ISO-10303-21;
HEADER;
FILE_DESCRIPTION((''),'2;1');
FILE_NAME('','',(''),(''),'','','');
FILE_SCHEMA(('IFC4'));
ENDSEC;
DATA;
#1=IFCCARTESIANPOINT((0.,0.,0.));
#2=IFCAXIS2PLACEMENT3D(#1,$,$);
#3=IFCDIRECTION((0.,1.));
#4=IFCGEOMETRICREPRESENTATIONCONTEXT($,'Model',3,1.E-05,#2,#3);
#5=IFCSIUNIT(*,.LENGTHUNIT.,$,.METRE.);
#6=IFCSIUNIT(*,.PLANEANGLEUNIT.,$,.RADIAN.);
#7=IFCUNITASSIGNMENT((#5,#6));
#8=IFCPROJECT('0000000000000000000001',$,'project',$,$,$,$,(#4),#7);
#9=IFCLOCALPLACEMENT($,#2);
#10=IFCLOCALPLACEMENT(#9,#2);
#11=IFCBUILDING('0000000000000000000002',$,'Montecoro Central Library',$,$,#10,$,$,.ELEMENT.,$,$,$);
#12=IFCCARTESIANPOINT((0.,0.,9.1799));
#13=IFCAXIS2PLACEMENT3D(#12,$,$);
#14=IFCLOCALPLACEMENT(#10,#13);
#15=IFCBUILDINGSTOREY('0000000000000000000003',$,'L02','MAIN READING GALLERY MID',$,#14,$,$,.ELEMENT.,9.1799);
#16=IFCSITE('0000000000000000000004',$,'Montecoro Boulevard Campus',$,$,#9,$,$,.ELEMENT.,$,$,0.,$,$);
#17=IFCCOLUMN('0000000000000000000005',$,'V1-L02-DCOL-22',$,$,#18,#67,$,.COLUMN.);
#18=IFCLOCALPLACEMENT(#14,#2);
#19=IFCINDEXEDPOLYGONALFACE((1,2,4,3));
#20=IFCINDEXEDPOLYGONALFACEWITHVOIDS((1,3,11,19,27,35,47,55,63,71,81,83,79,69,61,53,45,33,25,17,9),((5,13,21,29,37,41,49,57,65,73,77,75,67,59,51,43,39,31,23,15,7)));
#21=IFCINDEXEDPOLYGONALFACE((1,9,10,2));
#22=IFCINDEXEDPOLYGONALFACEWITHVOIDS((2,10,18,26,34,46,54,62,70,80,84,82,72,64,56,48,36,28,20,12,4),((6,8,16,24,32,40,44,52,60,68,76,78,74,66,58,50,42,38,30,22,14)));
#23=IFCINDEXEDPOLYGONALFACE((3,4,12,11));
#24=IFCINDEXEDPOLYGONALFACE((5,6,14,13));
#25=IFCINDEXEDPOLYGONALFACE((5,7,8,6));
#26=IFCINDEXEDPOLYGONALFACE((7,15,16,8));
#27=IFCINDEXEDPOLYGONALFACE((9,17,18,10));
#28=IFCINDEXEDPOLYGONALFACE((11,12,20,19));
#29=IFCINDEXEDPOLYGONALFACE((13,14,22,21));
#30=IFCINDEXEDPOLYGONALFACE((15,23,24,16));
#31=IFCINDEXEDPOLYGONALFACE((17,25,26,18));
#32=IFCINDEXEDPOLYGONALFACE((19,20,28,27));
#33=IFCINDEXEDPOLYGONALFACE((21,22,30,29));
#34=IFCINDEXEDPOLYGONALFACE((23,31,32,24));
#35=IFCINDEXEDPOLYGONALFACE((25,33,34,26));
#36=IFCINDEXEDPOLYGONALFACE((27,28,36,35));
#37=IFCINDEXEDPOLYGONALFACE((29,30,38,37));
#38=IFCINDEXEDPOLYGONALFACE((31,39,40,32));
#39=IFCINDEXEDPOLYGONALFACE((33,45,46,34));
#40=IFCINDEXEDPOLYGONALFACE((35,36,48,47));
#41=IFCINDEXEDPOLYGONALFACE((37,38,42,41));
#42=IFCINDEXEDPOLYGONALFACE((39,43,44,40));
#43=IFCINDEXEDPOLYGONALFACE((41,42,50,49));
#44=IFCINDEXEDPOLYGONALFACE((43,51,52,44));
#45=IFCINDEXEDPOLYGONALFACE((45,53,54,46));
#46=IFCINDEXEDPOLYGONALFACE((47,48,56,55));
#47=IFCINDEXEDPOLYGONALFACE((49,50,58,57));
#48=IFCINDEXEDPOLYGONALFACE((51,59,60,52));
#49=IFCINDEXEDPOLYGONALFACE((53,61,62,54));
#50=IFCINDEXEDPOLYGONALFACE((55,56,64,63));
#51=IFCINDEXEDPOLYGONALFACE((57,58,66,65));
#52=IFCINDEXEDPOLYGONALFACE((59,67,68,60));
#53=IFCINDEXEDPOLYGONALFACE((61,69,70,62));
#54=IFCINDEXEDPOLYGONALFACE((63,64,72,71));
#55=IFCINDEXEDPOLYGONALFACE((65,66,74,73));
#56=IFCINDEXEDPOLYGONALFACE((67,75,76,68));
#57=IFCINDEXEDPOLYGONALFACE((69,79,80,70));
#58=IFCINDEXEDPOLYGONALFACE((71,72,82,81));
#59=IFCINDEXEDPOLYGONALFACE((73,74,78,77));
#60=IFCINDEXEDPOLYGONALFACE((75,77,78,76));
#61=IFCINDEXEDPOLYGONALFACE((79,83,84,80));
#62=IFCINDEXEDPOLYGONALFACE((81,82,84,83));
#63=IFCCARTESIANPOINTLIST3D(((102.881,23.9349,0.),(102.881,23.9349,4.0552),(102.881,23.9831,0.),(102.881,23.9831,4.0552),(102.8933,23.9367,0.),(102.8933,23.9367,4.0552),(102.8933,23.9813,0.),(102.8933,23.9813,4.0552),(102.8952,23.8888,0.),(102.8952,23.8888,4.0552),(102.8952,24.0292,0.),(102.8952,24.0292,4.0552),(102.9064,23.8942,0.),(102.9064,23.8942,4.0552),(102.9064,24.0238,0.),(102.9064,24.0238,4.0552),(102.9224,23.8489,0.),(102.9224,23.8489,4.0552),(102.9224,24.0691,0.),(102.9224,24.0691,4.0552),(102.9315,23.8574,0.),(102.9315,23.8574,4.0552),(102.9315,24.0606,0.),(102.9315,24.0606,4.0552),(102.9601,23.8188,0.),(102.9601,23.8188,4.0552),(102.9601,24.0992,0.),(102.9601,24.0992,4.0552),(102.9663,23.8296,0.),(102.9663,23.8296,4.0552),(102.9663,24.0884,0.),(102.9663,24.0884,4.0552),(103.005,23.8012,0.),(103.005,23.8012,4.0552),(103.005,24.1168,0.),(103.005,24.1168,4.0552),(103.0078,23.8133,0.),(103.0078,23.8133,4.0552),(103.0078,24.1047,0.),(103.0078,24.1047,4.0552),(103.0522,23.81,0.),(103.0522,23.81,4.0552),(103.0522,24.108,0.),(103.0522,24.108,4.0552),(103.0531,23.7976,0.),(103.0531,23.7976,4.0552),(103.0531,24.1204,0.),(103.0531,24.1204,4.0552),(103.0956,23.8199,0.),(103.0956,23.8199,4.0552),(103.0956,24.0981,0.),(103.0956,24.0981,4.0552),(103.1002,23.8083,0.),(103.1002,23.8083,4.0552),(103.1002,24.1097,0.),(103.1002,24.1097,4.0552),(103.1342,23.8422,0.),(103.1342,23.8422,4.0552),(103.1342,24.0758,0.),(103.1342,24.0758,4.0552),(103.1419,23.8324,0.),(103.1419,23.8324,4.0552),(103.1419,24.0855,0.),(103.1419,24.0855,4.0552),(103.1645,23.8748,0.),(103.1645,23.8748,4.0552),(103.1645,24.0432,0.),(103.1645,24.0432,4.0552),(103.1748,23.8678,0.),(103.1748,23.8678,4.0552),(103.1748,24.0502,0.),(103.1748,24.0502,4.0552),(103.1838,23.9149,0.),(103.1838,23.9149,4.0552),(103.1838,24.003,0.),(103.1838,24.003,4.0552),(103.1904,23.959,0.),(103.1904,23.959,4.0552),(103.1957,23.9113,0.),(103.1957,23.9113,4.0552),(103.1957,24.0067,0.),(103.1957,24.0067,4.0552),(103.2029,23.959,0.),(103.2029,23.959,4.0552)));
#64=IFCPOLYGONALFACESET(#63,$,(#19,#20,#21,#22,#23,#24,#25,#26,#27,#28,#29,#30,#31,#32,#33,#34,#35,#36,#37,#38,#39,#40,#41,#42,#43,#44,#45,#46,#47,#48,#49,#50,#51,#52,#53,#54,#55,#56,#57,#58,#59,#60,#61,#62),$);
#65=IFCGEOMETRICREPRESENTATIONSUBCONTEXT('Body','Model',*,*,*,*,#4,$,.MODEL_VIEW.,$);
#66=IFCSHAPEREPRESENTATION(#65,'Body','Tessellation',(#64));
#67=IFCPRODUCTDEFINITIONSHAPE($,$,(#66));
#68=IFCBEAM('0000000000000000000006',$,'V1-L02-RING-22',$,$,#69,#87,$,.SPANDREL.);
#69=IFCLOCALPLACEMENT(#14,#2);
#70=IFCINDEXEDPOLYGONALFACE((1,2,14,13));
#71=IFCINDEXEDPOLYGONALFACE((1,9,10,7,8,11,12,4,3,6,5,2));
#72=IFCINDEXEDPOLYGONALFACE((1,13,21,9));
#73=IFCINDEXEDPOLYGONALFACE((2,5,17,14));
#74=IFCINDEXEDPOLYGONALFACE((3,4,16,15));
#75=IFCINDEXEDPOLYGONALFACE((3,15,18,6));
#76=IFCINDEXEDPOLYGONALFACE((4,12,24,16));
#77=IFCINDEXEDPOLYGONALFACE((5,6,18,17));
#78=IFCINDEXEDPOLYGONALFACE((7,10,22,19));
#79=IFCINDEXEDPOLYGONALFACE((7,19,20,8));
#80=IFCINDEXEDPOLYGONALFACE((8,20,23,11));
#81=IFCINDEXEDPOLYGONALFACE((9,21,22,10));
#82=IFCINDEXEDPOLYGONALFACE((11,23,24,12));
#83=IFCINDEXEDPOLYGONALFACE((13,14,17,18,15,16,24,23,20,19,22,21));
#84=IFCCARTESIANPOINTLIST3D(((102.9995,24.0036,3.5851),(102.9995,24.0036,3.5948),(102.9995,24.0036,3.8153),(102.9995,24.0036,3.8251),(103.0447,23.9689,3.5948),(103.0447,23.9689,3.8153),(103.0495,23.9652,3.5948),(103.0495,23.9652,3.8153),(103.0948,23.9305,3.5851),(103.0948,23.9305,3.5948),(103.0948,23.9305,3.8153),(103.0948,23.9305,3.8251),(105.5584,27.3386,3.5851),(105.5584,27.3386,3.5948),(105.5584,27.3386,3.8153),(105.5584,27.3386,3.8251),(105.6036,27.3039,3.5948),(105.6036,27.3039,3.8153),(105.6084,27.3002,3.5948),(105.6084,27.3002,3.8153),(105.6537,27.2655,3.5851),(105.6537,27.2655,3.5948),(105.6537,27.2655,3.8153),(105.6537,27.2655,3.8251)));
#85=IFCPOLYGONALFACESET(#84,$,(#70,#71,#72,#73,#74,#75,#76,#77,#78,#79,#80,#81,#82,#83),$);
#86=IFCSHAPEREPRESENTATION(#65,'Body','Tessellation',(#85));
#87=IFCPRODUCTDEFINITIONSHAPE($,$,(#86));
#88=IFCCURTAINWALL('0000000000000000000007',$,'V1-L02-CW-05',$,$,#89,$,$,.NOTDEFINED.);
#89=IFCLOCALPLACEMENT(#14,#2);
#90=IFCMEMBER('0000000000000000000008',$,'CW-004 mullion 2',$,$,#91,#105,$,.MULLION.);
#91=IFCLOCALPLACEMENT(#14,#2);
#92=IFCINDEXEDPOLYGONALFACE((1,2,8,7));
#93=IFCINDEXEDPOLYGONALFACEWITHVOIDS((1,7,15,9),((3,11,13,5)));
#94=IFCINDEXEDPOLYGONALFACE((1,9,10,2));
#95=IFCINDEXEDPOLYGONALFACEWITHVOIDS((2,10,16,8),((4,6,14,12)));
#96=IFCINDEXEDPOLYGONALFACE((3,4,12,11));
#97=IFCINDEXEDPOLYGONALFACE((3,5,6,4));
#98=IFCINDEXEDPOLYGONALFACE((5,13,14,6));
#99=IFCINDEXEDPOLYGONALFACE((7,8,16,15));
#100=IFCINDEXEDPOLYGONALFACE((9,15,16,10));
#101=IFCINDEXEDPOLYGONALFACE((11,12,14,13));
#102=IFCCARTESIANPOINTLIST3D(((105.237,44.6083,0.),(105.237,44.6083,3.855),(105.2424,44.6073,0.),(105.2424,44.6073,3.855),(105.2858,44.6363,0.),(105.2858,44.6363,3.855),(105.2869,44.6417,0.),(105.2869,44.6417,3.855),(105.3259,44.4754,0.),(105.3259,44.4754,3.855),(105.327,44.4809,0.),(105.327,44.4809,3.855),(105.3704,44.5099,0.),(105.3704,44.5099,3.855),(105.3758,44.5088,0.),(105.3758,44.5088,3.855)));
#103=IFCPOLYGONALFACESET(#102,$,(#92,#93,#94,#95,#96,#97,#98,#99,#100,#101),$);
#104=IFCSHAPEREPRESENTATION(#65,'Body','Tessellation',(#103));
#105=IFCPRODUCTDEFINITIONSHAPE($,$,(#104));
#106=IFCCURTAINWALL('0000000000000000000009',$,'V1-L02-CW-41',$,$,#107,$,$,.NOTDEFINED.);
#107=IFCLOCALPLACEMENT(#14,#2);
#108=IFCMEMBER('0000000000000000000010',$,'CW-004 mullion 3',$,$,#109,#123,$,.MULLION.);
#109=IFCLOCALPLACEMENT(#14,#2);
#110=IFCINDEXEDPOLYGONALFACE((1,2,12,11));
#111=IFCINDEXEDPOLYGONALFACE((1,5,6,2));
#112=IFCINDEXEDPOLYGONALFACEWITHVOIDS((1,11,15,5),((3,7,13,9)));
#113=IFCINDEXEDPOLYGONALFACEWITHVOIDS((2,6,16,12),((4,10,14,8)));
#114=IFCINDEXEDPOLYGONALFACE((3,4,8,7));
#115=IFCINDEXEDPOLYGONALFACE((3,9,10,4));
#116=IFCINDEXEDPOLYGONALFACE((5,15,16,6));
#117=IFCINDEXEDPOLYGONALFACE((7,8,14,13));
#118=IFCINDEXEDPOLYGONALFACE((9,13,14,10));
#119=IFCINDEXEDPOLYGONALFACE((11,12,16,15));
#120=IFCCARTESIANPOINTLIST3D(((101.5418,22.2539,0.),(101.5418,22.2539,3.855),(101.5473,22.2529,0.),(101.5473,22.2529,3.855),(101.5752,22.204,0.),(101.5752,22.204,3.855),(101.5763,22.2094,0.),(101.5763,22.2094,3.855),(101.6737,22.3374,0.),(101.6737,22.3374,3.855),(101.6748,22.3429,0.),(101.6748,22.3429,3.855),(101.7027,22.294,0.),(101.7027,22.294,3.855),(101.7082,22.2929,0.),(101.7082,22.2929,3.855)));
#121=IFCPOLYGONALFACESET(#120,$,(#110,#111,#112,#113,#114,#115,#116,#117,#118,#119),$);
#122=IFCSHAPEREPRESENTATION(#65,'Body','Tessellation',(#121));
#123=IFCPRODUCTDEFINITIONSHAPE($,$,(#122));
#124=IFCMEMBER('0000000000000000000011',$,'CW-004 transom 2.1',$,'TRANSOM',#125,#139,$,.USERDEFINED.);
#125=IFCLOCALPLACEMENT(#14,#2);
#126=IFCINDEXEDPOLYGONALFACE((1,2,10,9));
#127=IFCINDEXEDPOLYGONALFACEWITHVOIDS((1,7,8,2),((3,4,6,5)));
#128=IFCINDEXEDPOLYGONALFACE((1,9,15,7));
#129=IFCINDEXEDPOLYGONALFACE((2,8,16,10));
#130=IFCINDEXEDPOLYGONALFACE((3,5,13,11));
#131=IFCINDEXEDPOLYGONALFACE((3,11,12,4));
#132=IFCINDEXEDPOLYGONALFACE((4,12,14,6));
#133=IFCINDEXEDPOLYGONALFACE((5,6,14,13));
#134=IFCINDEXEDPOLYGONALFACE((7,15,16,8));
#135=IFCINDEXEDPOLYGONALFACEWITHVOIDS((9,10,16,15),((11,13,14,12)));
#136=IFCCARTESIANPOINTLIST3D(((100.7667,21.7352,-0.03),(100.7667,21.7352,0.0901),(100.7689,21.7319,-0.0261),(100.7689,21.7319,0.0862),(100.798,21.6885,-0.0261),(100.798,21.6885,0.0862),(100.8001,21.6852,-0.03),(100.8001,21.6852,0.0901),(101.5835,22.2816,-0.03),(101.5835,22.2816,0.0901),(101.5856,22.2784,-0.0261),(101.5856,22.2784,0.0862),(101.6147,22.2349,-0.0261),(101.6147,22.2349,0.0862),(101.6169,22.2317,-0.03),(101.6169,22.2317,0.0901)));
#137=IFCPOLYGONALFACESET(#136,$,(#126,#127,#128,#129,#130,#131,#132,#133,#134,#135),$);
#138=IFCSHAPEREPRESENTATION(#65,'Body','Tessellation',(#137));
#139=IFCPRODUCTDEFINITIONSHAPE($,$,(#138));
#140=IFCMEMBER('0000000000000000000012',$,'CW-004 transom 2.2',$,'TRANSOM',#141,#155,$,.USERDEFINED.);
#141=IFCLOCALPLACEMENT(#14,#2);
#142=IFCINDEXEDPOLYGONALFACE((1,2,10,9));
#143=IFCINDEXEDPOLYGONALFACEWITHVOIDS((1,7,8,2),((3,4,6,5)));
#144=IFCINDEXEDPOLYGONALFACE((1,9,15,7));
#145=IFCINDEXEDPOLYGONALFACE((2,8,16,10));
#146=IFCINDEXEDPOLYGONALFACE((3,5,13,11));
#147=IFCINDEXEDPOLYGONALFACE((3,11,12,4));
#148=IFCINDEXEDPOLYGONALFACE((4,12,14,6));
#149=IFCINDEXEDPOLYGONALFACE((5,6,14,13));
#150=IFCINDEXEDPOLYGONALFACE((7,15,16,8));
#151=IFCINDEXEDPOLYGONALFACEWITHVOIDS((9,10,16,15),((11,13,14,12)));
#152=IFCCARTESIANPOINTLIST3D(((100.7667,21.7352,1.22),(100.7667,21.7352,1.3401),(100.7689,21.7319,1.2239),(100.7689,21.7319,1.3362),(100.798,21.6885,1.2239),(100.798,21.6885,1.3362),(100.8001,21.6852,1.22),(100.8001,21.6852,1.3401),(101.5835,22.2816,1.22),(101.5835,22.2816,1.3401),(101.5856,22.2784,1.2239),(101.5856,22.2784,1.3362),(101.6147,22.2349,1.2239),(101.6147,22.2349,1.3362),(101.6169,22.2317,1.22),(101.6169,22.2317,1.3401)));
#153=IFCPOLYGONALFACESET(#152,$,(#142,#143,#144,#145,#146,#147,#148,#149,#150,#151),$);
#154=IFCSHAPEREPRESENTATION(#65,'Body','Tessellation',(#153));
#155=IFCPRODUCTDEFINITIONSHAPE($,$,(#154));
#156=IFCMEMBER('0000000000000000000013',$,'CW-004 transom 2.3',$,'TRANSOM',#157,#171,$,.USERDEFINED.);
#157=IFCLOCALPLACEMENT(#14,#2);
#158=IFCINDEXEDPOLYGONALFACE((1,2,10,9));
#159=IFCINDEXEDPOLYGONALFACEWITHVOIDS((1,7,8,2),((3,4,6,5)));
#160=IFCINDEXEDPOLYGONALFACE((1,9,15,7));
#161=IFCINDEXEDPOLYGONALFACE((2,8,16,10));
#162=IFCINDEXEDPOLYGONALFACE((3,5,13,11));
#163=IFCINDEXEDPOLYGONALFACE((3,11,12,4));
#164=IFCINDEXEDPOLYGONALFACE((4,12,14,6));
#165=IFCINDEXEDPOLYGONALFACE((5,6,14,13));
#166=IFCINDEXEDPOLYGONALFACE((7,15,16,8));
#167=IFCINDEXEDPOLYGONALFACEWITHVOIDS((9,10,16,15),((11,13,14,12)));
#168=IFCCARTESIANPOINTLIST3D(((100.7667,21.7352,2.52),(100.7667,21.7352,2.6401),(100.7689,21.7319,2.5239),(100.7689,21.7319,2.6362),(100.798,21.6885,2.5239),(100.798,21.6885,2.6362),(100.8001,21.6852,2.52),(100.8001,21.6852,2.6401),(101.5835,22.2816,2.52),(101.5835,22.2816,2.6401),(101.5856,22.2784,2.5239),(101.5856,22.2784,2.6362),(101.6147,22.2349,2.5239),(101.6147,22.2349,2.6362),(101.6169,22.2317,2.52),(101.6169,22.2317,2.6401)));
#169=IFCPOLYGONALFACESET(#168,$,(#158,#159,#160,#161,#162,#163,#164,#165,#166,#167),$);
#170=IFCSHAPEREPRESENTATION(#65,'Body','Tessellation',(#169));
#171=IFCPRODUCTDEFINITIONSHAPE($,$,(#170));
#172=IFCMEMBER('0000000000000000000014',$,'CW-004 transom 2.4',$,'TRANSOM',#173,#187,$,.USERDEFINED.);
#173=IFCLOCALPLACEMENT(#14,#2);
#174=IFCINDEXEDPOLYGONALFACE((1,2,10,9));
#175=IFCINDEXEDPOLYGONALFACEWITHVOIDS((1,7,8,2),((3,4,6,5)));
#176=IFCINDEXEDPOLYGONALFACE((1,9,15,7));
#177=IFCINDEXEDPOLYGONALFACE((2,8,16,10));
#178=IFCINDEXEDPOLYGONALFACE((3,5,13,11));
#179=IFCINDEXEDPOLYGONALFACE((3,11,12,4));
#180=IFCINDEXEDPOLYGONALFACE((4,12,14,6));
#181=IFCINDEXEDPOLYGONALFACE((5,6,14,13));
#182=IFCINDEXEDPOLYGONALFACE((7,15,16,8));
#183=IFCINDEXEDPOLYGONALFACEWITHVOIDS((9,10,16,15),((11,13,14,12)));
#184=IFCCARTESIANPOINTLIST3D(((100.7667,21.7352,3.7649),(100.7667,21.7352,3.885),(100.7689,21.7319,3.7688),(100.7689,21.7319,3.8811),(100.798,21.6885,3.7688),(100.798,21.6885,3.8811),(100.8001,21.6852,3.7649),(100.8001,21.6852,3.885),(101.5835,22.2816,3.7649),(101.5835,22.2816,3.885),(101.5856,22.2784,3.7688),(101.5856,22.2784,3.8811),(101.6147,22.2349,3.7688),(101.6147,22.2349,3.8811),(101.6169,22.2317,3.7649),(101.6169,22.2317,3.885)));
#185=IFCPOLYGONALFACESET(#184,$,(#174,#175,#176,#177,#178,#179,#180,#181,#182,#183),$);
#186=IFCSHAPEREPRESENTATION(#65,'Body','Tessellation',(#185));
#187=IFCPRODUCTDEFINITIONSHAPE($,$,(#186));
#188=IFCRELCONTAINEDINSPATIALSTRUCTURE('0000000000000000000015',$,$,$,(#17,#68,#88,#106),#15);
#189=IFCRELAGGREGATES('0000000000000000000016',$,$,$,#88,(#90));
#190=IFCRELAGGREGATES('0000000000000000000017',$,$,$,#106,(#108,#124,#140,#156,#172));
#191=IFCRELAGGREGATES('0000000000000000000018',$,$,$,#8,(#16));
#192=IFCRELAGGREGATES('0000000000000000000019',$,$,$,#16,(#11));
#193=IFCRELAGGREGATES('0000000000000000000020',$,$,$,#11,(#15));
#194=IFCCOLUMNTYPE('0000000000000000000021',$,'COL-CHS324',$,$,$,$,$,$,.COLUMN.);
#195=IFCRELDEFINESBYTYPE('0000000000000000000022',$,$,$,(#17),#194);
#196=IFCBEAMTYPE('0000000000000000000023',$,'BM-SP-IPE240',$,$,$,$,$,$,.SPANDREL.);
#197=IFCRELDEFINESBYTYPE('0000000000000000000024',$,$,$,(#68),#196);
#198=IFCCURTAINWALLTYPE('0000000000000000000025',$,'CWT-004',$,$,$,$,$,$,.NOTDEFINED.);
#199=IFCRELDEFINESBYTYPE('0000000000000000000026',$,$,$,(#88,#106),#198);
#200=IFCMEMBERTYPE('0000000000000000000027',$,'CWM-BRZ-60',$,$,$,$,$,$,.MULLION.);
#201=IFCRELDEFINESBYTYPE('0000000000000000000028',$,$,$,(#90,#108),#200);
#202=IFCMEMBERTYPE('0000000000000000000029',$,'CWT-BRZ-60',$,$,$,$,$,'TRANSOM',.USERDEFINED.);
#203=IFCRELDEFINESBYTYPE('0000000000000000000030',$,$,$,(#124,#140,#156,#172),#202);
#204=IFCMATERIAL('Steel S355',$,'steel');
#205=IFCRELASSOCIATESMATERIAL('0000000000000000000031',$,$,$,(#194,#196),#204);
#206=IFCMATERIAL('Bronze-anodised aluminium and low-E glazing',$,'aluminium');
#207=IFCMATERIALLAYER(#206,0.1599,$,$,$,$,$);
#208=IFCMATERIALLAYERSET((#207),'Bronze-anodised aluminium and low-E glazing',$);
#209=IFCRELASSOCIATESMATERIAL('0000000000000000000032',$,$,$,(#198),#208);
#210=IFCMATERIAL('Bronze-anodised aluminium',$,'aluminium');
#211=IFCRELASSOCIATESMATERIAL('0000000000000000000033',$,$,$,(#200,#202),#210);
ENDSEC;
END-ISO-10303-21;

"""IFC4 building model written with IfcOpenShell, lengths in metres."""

from ifc_helpers import new_model, si_unit, direction, frame, origin, origin_2d, place, context, subcontext, project, spatial, hollow_rectangle, hollow_circle, i_section, extrude, material, layer, layer_set, material_profile, profile_set, type_object, element, aggregate, save


model = new_model("IFC4")

# Units and contexts
model_context = context("Model", 3, precision=1e-05, world=origin(), true_north=direction((0.0, 1.0)))
body_context = subcontext(model_context, "Body", "Model", "MODEL_VIEW")
ifc_project = project(units=[si_unit("LENGTHUNIT", "METRE"), si_unit("PLANEANGLEUNIT", "RADIAN")], contexts=[model_context])

# Site, building, storey
site_placement = place(None, origin())
site = spatial("IfcSite", under=ifc_project, at=site_placement, Name="Montecoro Boulevard Campus", CompositionType="ELEMENT", RefElevation=0.0)
building_placement = place(site_placement, origin())
building = spatial("IfcBuilding", under=site, at=building_placement, Name="Montecoro Central Library", CompositionType="ELEMENT")
storey_placement = place(building_placement, frame((0.0, 0.0, 9.1799)))
storey = spatial("IfcBuildingStorey", under=building, at=storey_placement, Name="L02", Description="MAIN READING GALLERY MID", CompositionType="ELEMENT", Elevation=9.1799)

# Column
ifc_material_1 = material(Name="Steel S355", Category="steel")
ifc_material_profile_1 = material_profile(ifc_material_1, hollow_circle(Radius=0.1619, WallThickness=0.0125, at=origin_2d()), Name="CHS 323.9x12.5")
ifc_profile_set_1 = profile_set([ifc_material_profile_1], Name="Steel S355")
column_type = type_object("IfcColumnType", Name="COL-CHS324", PredefinedType="COLUMN", material=ifc_profile_set_1)
column_placement = place(storey_placement, frame((103.041, 23.959, 0.0), z_axis=(0.0, 0.0, 1.0), x_axis=(1.0, 0.0, 0.0)))
element("IfcColumn", 1, at=column_placement, inside=storey, type_object=column_type, Name="V1-L02-DCOL-22", PredefinedType="COLUMN", context=body_context, shape_type="SweptSolid", body=[
    extrude(hollow_circle(Radius=0.1619, WallThickness=0.0125, at=origin_2d()), origin(), (0.0, 0.0, 1.0), 4.0552),
])

# Beam
ifc_material_profile_2 = material_profile(ifc_material_1, i_section(OverallWidth=0.1201, OverallDepth=0.24, WebThickness=0.0061, FlangeThickness=0.0098, at=origin_2d()), Name="IPE 240")
ifc_profile_set_2 = profile_set([ifc_material_profile_2], Name="Steel S355")
beam_type = type_object("IfcBeamType", Name="BM-SP-IPE240", PredefinedType="SPANDREL", material=ifc_profile_set_2)
beam_placement = place(storey_placement, frame((103.0471, 23.967, 3.7051), z_axis=(0.608736, 0.793373, 0.0), x_axis=(-0.793373, 0.608736, 0.0)))
element("IfcBeam", 2, at=beam_placement, inside=storey, type_object=beam_type, Name="V1-L02-RING-22", PredefinedType="SPANDREL", context=body_context, shape_type="SweptSolid", body=[
    extrude(i_section(OverallWidth=0.1201, OverallDepth=0.24, WebThickness=0.0061, FlangeThickness=0.0098, at=origin_2d()), origin(), (0.0, 0.0, 1.0), 4.2036),
])

# Curtain wall, member
ifc_material_2 = material(Name="Bronze-anodised aluminium and low-E glazing", Category="aluminium")
ifc_layer_1 = layer(ifc_material_2, 0.1599)
ifc_layer_set_1 = layer_set([ifc_layer_1], Name="Bronze-anodised aluminium and low-E glazing")
curtain_wall_type = type_object("IfcCurtainWallType", Name="CWT-004", PredefinedType="NOTDEFINED", material=ifc_layer_set_1)
curtain_wall_1_placement = place(storey_placement, origin())
curtain_wall_1 = element("IfcCurtainWall", 3, at=curtain_wall_1_placement, inside=storey, type_object=curtain_wall_type, Name="V1-L02-CW-05", PredefinedType="NOTDEFINED")
ifc_material_3 = material(Name="Bronze-anodised aluminium", Category="aluminium")
ifc_material_profile_3 = material_profile(ifc_material_3, hollow_rectangle(XDim=0.0601, YDim=0.1599, WallThickness=0.0039, at=origin_2d()), Name="CWM 160x60x4.0")
ifc_profile_set_3 = profile_set([ifc_material_profile_3], Name="Bronze-anodised aluminium")
member_type_1 = type_object("IfcMemberType", Name="CWM-BRZ-60", PredefinedType="MULLION", material=ifc_profile_set_3)
member_1_placement = place(storey_placement, frame((105.3064, 44.5586, 0.0), z_axis=(0.0, 0.0, 1.0), x_axis=(-0.831117, -0.556098, 0.0)))
member_1 = element("IfcMember", 4, at=member_1_placement, type_object=member_type_1, Name="CW-004 mullion 2", PredefinedType="MULLION", context=body_context, shape_type="SweptSolid", body=[
    extrude(hollow_rectangle(XDim=0.0601, YDim=0.1599, WallThickness=0.0039, at=origin_2d()), origin(), (0.0, 0.0, 1.0), 3.855),
])
aggregate(curtain_wall_1, [member_1])

# Curtain wall, members
curtain_wall_2_placement = place(storey_placement, origin())
curtain_wall_2 = element("IfcCurtainWall", 5, at=curtain_wall_2_placement, inside=storey, type_object=curtain_wall_type, Name="V1-L02-CW-41", PredefinedType="NOTDEFINED")
member_2_placement = place(storey_placement, frame((101.625, 22.2734, 0.0), z_axis=(0.0, 0.0, 1.0), x_axis=(-0.556098, 0.831117, 0.0)))
member_2 = element("IfcMember", 6, at=member_2_placement, type_object=member_type_1, Name="CW-004 mullion 3", PredefinedType="MULLION", context=body_context, shape_type="SweptSolid", body=[
    extrude(hollow_rectangle(XDim=0.0601, YDim=0.1599, WallThickness=0.0039, at=origin_2d()), origin(), (0.0, 0.0, 1.0), 3.855),
])
ifc_material_profile_4 = material_profile(ifc_material_3, hollow_rectangle(XDim=0.0601, YDim=0.1201, WallThickness=0.0039, at=origin_2d()), Name="CWT 120x60x4.0")
ifc_profile_set_4 = profile_set([ifc_material_profile_4], Name="Bronze-anodised aluminium")
member_type_2 = type_object("IfcMemberType", Name="CWT-BRZ-60", ElementType="TRANSOM", PredefinedType="USERDEFINED", material=ifc_profile_set_4)
member_3_placement = place(storey_placement, frame((100.7834, 21.7102, 0.03), z_axis=(0.831132, 0.556076, 0.0), x_axis=(-0.556076, 0.831132, 0.0)))
member_3 = element("IfcMember", 7, at=member_3_placement, type_object=member_type_2, Name="CW-004 transom 2.1", ObjectType="TRANSOM", PredefinedType="USERDEFINED", context=body_context, shape_type="SweptSolid", body=[
    extrude(hollow_rectangle(XDim=0.0601, YDim=0.1201, WallThickness=0.0039, at=origin_2d()), origin(), (0.0, 0.0, 1.0), 0.9827),
])
member_4_placement = place(storey_placement, frame((100.7834, 21.7102, 1.28), z_axis=(0.831132, 0.556076, 0.0), x_axis=(-0.556076, 0.831132, 0.0)))
member_4 = element("IfcMember", 8, at=member_4_placement, type_object=member_type_2, Name="CW-004 transom 2.2", ObjectType="TRANSOM", PredefinedType="USERDEFINED", context=body_context, shape_type="SweptSolid", body=[
    extrude(hollow_rectangle(XDim=0.0601, YDim=0.1201, WallThickness=0.0039, at=origin_2d()), origin(), (0.0, 0.0, 1.0), 0.9827),
])
member_5_placement = place(storey_placement, frame((100.7834, 21.7102, 2.5801), z_axis=(0.831132, 0.556076, 0.0), x_axis=(-0.556076, 0.831132, 0.0)))
member_5 = element("IfcMember", 9, at=member_5_placement, type_object=member_type_2, Name="CW-004 transom 2.3", ObjectType="TRANSOM", PredefinedType="USERDEFINED", context=body_context, shape_type="SweptSolid", body=[
    extrude(hollow_rectangle(XDim=0.0601, YDim=0.1201, WallThickness=0.0039, at=origin_2d()), origin(), (0.0, 0.0, 1.0), 0.9827),
])
member_6_placement = place(storey_placement, frame((100.7834, 21.7102, 3.825), z_axis=(0.831132, 0.556076, 0.0), x_axis=(-0.556076, 0.831132, 0.0)))
member_6 = element("IfcMember", 10, at=member_6_placement, type_object=member_type_2, Name="CW-004 transom 2.4", ObjectType="TRANSOM", PredefinedType="USERDEFINED", context=body_context, shape_type="SweptSolid", body=[
    extrude(hollow_rectangle(XDim=0.0601, YDim=0.1201, WallThickness=0.0039, at=origin_2d()), origin(), (0.0, 0.0, 1.0), 0.9827),
])
aggregate(curtain_wall_2, [member_2, member_3, member_4, member_5, member_6])

save(model, "model.ifc")
